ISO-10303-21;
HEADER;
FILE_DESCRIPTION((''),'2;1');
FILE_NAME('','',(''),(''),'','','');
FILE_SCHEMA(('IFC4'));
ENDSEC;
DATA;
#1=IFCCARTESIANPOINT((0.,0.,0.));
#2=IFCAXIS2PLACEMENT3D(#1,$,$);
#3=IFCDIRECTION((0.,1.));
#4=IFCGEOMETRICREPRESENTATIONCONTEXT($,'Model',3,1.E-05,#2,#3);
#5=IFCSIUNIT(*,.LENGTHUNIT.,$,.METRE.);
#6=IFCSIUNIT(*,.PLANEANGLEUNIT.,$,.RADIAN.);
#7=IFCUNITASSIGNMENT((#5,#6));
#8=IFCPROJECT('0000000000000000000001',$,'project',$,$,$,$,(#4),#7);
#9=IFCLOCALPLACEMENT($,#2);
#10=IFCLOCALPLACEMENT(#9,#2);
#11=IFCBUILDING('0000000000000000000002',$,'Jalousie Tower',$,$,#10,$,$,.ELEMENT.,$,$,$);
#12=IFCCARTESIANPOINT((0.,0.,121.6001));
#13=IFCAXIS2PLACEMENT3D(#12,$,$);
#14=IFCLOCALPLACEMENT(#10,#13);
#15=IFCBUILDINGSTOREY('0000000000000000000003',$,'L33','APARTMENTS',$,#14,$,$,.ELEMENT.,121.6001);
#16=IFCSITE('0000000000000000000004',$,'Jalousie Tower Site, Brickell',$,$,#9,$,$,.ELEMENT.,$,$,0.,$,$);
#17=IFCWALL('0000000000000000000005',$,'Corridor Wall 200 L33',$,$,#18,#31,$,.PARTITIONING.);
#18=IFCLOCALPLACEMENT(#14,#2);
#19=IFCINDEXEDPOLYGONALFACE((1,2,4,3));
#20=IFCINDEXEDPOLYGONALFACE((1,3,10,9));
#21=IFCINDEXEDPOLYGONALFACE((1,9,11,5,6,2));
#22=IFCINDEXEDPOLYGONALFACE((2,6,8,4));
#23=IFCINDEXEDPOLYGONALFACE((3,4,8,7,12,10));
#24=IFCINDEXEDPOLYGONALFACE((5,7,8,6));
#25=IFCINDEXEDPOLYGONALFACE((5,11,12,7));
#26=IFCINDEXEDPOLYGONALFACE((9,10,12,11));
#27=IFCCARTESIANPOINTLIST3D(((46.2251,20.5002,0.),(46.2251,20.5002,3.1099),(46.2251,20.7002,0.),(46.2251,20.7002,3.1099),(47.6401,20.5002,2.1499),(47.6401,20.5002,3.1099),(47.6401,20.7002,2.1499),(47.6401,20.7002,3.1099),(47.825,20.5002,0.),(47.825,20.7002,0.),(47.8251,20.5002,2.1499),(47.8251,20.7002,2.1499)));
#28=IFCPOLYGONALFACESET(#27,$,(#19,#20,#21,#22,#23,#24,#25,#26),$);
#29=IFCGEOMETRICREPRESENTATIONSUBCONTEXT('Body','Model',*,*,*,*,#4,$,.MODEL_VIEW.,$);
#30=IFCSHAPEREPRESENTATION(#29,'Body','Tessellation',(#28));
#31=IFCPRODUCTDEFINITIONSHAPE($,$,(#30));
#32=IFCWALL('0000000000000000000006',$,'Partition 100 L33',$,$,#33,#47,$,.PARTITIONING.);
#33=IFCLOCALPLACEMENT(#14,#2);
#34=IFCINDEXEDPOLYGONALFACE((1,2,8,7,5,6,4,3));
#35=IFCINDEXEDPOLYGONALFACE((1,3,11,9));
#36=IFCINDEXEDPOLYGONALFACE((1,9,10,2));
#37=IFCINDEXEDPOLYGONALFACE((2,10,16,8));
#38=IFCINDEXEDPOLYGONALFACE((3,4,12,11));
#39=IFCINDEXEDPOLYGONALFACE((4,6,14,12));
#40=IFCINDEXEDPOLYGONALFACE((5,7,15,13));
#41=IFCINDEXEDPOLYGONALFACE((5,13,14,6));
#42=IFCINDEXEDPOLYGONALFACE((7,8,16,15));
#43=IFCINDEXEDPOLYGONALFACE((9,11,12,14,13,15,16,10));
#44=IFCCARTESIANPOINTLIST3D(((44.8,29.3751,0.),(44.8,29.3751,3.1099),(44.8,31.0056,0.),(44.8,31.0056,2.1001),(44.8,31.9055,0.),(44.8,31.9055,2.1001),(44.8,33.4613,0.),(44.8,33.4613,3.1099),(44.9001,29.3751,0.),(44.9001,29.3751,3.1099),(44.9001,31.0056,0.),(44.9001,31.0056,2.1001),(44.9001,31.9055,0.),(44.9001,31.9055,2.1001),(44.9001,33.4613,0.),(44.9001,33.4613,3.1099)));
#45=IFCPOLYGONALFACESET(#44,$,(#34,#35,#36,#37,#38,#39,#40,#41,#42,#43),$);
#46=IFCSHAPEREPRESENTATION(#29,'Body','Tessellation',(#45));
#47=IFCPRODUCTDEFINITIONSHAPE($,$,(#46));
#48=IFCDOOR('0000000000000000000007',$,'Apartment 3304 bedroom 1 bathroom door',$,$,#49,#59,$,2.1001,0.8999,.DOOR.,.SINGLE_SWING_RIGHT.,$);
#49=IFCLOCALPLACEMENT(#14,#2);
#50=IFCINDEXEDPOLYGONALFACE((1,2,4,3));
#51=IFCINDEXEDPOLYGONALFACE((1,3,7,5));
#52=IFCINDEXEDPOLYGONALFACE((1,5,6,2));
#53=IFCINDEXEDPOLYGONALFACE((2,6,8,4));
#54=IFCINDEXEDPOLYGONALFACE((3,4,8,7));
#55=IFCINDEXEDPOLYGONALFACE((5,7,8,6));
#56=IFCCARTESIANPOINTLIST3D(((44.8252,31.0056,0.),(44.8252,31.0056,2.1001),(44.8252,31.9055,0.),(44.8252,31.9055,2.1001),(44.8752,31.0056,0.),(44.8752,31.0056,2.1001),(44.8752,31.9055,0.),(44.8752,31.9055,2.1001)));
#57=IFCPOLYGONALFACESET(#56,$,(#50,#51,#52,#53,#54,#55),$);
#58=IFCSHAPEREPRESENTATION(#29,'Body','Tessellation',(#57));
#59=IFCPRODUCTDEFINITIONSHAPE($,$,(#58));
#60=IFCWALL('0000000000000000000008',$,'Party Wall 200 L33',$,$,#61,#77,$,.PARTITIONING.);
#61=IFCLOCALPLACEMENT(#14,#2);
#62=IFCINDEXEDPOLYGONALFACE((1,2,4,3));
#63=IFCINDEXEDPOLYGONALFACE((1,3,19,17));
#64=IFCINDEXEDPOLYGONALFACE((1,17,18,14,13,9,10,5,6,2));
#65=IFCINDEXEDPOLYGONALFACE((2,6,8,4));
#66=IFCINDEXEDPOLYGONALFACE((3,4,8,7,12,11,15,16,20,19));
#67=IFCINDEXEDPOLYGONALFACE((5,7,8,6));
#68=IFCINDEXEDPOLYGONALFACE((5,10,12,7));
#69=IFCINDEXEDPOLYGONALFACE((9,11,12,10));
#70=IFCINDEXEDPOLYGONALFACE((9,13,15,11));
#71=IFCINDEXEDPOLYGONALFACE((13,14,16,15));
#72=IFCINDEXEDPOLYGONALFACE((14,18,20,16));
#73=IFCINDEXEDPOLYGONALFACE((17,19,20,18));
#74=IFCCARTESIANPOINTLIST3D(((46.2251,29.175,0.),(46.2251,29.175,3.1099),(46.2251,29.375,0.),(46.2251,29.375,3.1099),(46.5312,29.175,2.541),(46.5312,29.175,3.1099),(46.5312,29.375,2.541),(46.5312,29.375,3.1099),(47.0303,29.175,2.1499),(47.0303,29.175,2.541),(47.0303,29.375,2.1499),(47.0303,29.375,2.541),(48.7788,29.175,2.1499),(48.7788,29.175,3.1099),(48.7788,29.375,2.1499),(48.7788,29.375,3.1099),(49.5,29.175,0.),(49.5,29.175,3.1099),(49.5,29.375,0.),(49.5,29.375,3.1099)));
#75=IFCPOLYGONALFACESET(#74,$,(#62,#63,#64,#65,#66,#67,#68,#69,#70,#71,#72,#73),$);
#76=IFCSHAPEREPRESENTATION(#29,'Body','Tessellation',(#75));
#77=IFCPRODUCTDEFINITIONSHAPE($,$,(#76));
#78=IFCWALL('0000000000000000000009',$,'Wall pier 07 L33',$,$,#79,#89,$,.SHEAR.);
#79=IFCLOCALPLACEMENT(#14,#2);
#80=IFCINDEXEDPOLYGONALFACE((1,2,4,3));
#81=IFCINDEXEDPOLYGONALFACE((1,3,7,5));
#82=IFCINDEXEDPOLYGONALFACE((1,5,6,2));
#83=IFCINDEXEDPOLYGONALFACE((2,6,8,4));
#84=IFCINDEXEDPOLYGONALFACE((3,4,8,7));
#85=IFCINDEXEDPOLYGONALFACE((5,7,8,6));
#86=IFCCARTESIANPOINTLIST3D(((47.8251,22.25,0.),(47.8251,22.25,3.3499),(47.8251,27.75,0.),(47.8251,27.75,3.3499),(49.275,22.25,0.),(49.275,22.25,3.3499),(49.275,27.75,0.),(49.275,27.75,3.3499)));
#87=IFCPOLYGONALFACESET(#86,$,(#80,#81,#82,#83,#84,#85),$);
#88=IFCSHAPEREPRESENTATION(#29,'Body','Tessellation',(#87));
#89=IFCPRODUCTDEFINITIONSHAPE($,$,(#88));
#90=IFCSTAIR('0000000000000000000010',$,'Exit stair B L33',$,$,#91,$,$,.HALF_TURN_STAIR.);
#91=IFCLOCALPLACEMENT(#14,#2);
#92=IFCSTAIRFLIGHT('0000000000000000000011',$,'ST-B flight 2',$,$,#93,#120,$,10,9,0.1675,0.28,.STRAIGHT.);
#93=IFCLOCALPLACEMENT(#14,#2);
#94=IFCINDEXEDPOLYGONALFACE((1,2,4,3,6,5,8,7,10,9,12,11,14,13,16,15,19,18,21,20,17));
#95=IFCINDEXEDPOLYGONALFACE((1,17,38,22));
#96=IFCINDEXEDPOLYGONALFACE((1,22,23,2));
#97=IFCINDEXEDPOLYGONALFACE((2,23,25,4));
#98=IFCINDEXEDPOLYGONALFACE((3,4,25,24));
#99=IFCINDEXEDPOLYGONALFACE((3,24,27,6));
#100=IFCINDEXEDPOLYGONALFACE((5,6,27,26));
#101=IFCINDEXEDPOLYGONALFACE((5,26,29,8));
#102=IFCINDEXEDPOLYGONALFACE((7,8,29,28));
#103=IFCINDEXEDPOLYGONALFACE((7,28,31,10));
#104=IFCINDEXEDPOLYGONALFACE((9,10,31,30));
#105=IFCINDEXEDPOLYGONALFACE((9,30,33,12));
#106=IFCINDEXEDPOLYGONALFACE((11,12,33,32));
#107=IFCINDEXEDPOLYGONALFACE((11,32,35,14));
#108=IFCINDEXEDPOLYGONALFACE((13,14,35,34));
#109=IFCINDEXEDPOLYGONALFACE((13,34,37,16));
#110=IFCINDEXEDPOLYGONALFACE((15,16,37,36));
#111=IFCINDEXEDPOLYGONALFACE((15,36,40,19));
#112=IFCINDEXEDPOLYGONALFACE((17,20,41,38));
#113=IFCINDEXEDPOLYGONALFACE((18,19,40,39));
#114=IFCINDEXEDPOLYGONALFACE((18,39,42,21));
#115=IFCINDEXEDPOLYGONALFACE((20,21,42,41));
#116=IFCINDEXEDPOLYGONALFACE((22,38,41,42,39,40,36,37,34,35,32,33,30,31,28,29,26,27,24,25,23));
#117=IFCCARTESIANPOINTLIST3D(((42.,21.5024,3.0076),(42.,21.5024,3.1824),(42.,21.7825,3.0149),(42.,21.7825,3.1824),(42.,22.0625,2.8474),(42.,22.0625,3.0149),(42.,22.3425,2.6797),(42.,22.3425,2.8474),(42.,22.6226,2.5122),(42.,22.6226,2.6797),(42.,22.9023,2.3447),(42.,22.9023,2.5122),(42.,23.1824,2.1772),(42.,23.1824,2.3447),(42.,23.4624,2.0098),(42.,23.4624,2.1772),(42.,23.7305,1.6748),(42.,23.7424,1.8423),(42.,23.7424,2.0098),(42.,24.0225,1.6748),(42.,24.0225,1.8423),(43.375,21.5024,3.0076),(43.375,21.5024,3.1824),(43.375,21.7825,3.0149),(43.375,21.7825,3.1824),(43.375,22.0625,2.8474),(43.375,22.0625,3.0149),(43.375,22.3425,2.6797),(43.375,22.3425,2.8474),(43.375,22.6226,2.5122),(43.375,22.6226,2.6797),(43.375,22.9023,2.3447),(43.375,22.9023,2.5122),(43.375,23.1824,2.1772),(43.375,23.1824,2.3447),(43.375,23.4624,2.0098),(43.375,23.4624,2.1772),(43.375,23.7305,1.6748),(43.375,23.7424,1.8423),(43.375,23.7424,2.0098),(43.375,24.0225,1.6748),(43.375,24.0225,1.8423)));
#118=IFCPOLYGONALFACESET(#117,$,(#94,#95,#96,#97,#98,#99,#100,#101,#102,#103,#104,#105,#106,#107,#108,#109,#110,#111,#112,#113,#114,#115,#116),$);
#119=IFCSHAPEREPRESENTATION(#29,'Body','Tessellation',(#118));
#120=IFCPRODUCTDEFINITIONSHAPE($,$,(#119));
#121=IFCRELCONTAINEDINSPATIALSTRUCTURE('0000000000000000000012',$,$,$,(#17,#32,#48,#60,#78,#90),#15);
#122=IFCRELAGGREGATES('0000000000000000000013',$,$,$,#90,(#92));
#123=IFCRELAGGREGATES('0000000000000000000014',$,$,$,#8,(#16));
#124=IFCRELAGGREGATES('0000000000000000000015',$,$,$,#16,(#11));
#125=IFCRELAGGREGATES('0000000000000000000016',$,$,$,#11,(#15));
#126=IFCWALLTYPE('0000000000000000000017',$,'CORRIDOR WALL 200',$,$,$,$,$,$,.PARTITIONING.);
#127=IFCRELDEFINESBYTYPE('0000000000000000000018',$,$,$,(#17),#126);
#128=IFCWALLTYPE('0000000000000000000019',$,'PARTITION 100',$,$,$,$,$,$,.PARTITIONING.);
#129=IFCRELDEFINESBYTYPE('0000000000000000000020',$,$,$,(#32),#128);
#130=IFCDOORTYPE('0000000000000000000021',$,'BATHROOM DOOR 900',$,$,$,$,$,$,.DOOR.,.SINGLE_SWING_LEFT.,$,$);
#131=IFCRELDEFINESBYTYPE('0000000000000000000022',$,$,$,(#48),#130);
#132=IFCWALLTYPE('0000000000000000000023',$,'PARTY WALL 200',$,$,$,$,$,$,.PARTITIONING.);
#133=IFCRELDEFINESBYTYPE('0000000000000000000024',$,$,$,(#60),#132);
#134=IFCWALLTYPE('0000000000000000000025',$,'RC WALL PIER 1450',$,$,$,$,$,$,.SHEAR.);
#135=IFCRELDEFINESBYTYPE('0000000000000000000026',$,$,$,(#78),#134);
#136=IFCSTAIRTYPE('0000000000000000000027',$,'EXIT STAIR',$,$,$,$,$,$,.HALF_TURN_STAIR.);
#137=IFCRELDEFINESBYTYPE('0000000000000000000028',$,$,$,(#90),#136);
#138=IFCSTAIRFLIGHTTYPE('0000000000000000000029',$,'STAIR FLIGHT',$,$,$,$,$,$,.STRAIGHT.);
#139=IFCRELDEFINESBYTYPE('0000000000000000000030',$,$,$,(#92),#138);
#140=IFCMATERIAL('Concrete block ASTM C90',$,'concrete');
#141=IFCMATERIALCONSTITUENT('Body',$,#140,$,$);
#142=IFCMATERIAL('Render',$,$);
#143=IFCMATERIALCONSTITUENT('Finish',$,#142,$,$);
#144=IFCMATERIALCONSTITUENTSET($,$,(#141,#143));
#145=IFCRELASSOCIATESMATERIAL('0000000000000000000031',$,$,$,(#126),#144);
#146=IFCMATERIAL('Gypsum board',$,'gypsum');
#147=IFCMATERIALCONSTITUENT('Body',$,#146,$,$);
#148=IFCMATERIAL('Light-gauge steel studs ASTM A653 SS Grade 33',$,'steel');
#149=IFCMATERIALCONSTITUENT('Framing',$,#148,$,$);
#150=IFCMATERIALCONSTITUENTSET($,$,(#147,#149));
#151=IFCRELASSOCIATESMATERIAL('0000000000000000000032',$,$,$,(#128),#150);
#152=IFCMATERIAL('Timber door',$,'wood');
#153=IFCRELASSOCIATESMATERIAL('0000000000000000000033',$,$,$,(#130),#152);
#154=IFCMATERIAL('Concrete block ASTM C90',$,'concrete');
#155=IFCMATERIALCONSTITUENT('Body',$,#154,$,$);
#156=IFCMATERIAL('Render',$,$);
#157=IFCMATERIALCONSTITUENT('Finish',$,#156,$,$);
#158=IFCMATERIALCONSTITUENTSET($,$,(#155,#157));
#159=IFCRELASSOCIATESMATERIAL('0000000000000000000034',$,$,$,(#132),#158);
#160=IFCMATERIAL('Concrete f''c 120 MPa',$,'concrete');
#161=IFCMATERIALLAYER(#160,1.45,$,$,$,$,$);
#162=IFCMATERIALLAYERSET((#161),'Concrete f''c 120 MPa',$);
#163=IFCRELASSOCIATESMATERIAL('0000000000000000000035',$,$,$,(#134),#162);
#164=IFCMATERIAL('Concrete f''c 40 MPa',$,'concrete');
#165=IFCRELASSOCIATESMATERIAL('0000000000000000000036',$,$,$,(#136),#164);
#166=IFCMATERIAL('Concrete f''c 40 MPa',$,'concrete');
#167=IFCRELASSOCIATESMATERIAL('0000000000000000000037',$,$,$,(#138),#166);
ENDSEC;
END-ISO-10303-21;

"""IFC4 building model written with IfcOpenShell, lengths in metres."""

from ifc_helpers import new_model, si_unit, direction, frame, frame_2d, origin, place, context, subcontext, project, spatial, polyline, rectangle, outline, extrude, material, layer, layer_set, constituent, constituent_set, type_object, element, fill, aggregate, save


model = new_model("IFC4")

# Units and contexts
model_context = context("Model", 3, precision=1e-05, world=origin(), true_north=direction((0.0, 1.0)))
body_context = subcontext(model_context, "Body", "Model", "MODEL_VIEW")
ifc_project = project(units=[si_unit("LENGTHUNIT", "METRE"), si_unit("PLANEANGLEUNIT", "RADIAN")], contexts=[model_context])

# Site, building, storey
site_placement = place(None, origin())
site = spatial("IfcSite", under=ifc_project, at=site_placement, Name="Jalousie Tower Site, Brickell", CompositionType="ELEMENT", RefElevation=0.0)
building_placement = place(site_placement, origin())
building = spatial("IfcBuilding", under=site, at=building_placement, Name="Jalousie Tower", CompositionType="ELEMENT")
storey_placement = place(building_placement, frame((0.0, 0.0, 121.6001)))
storey = spatial("IfcBuildingStorey", under=building, at=storey_placement, Name="L33", Description="APARTMENTS", CompositionType="ELEMENT", Elevation=121.6001)

# Shared definitions
ifc_material_1 = material(Name="Concrete block ASTM C90", Category="concrete")
ifc_constituent_1 = constituent(ifc_material_1, Name="Body")
ifc_material_2 = material(Name="Render")
ifc_constituent_2 = constituent(ifc_material_2, Name="Finish")
ifc_constituent_set_1 = constituent_set(constituents=[ifc_constituent_1, ifc_constituent_2])
wall_type_1 = type_object("IfcWallType", Name="CORRIDOR WALL 200", PredefinedType="PARTITIONING", material=ifc_constituent_set_1)

# Wall
wall_1_placement = place(storey_placement, frame((46.2251, 20.6001, 0.0), z_axis=(0.0, 0.0, 1.0), x_axis=(1.0, 0.0, 0.0)))
element("IfcWall", 1, at=wall_1_placement, inside=storey, type_object=wall_type_1, Name="Corridor Wall 200 L33", PredefinedType="PARTITIONING", context=body_context, shape_type="SweptSolid", body=[
    extrude(outline(polyline([(0.0, 0.0), (1.5999, 0.0), (1.6001, 3.1099), (1.6001, 2.1499), (1.415, 2.1499), (1.415, 3.1099), (0.0, 3.1099), (0.0, 0.0)])), frame((0.0, 0.1001, 0.0), z_axis=(0.0, -1.0, 0.0), x_axis=(1.0, 0.0, 0.0)), (0.0, 0.0, 1.0), 0.2),
])

# Wall, opening, door
ifc_material_3 = material(Name="Gypsum board", Category="gypsum")
ifc_constituent_3 = constituent(ifc_material_3, Name="Body")
ifc_material_4 = material(Name="Light-gauge steel studs ASTM A653 SS Grade 33", Category="steel")
ifc_constituent_4 = constituent(ifc_material_4, Name="Framing")
ifc_constituent_set_2 = constituent_set(constituents=[ifc_constituent_3, ifc_constituent_4])
wall_type_2 = type_object("IfcWallType", Name="PARTITION 100", PredefinedType="PARTITIONING", material=ifc_constituent_set_2)
wall_2_placement = place(storey_placement, frame((44.8501, 33.4612, 0.0), z_axis=(0.0, 0.0, 1.0), x_axis=(0.0, -1.0, 0.0)))
wall_2 = element("IfcWall", 2, at=wall_2_placement, inside=storey, type_object=wall_type_2, Name="Partition 100 L33", PredefinedType="PARTITIONING", context=body_context, shape_type="SweptSolid", body=[
    extrude(rectangle(XDim=4.0862, YDim=0.1001, at=frame_2d((2.043, 0.0))), origin(), (0.0, 0.0, 1.0), 3.1099),
])
opening_1_placement = place(wall_2_placement, frame((1.5557, 0.0, 0.0)))
opening_1 = element("IfcOpeningElement", 3, at=opening_1_placement, cuts=wall_2, PredefinedType="OPENING", context=body_context, shape_type="SweptSolid", body=[
    extrude(rectangle(XDim=0.8999, YDim=2.1001, at=frame_2d((0.45, 1.05))), frame((0.0, 0.0601, 0.0), z_axis=(0.0, -1.0, 0.0), x_axis=(1.0, 0.0, 0.0)), (0.0, 0.0, 1.0), 0.1201),
])
ifc_material_5 = material(Name="Timber door", Category="wood")
door_type_1 = type_object("IfcDoorType", Name="BATHROOM DOOR 900", OperationType="SINGLE_SWING_LEFT", PredefinedType="DOOR", material=ifc_material_5)
door_1_placement = place(opening_1_placement, frame((0.8999, 0.0, 0.0), z_axis=(0.0, 0.0, 1.0), x_axis=(-1.0, 0.0, 0.0)))
door_1 = element("IfcDoor", 4, at=door_1_placement, inside=storey, type_object=door_type_1, Name="Apartment 3304 bedroom 1 bathroom door", OperationType="SINGLE_SWING_RIGHT", OverallHeight=2.1001, OverallWidth=0.8999, PredefinedType="DOOR", context=body_context, shape_type="SweptSolid", body=[
    extrude(rectangle(XDim=0.8999, YDim=2.1001, at=frame_2d((0.45, 1.05))), frame((0.0, 0.0249, 0.0), z_axis=(0.0, -1.0, 0.0), x_axis=(1.0, 0.0, 0.0)), (0.0, 0.0, 1.0), 0.05),
])
fill(opening_1, door_1)

# Walls
ifc_material_6 = material(Name="Concrete block ASTM C90", Category="concrete")
ifc_constituent_5 = constituent(ifc_material_6, Name="Body")
ifc_material_7 = material(Name="Render")
ifc_constituent_6 = constituent(ifc_material_7, Name="Finish")
ifc_constituent_set_3 = constituent_set(constituents=[ifc_constituent_5, ifc_constituent_6])
wall_type_3 = type_object("IfcWallType", Name="PARTY WALL 200", PredefinedType="PARTITIONING", material=ifc_constituent_set_3)
wall_3_placement = place(storey_placement, frame((46.2251, 29.2749, 0.0), z_axis=(0.0, 0.0, 1.0), x_axis=(1.0, 0.0, 0.0)))
element("IfcWall", 5, at=wall_3_placement, inside=storey, type_object=wall_type_3, Name="Party Wall 200 L33", PredefinedType="PARTITIONING", context=body_context, shape_type="SweptSolid", body=[
    extrude(outline(polyline([(0.0, 0.0), (3.2749, 0.0), (3.2749, 3.1099), (2.5537, 3.1099), (2.5537, 2.1499), (0.8052, 2.1499), (0.8052, 2.541), (0.3062, 2.541), (0.3062, 3.1099), (0.0, 3.1099), (0.0, 0.0)])), frame((0.0, 0.1001, 0.0), z_axis=(0.0, -1.0, 0.0), x_axis=(1.0, 0.0, 0.0)), (0.0, 0.0, 1.0), 0.2),
])
ifc_material_8 = material(Name="Concrete f'c 120 MPa", Category="concrete")
ifc_layer_1 = layer(ifc_material_8, 1.45)
ifc_layer_set_1 = layer_set([ifc_layer_1], Name="Concrete f'c 120 MPa")
wall_type_4 = type_object("IfcWallType", Name="RC WALL PIER 1450", PredefinedType="SHEAR", material=ifc_layer_set_1)
wall_4_placement = place(storey_placement, frame((48.55, 22.25, 0.0), z_axis=(0.0, 0.0, 1.0), x_axis=(0.0, 1.0, 0.0)))
element("IfcWall", 6, at=wall_4_placement, inside=storey, type_object=wall_type_4, Name="Wall pier 07 L33", PredefinedType="SHEAR", context=body_context, shape_type="SweptSolid", body=[
    extrude(rectangle(XDim=5.5, YDim=1.45, at=frame_2d((2.75, 0.0))), origin(), (0.0, 0.0, 1.0), 3.3499),
])

# Stair, stair flight
ifc_material_9 = material(Name="Concrete f'c 40 MPa", Category="concrete")
stair_type = type_object("IfcStairType", Name="EXIT STAIR", PredefinedType="HALF_TURN_STAIR", material=ifc_material_9)
stair_placement = place(storey_placement, origin())
stair = element("IfcStair", 7, at=stair_placement, inside=storey, type_object=stair_type, Name="Exit stair B L33", PredefinedType="HALF_TURN_STAIR")
ifc_material_10 = material(Name="Concrete f'c 40 MPa", Category="concrete")
stair_flight_type = type_object("IfcStairFlightType", Name="STAIR FLIGHT", PredefinedType="STRAIGHT", material=ifc_material_10)
stair_flight_placement = place(storey_placement, frame((42.6875, 24.0225, 1.6748), z_axis=(0.0, 0.0, 1.0), x_axis=(0.0, -1.0, 0.0)))
stair_flight = element("IfcStairFlight", 8, at=stair_flight_placement, type_object=stair_flight_type, Name="ST-B flight 2", NumberOfRisers=10, NumberOfTreads=9, PredefinedType="STRAIGHT", RiserHeight=0.1675, TreadLength=0.28, context=body_context, shape_type="SweptSolid", body=[
    extrude(outline(polyline([(0.0, 0.0), (0.0, 0.1675), (0.28, 0.1675), (0.28, 0.335), (0.5601, 0.335), (0.5601, 0.5024), (0.8401, 0.5024), (0.8401, 0.6699), (1.1201, 0.6699), (1.1201, 0.8374), (1.3999, 0.8374), (1.3999, 1.0049), (1.6799, 1.0049), (1.6799, 1.1726), (1.96, 1.1726), (1.96, 1.3401), (2.24, 1.3401), (2.24, 1.5076), (2.52, 1.5076), (2.52, 1.675), (2.52, 1.3328), (0.292, 0.0), (0.0, 0.0)])), frame((0.0, 0.6875, 0.0), z_axis=(0.0, -1.0, 0.0), x_axis=(1.0, 0.0, 0.0)), (0.0, 0.0, 1.0), 1.375),
])
aggregate(stair, [stair_flight])

save(model, "model.ifc")
